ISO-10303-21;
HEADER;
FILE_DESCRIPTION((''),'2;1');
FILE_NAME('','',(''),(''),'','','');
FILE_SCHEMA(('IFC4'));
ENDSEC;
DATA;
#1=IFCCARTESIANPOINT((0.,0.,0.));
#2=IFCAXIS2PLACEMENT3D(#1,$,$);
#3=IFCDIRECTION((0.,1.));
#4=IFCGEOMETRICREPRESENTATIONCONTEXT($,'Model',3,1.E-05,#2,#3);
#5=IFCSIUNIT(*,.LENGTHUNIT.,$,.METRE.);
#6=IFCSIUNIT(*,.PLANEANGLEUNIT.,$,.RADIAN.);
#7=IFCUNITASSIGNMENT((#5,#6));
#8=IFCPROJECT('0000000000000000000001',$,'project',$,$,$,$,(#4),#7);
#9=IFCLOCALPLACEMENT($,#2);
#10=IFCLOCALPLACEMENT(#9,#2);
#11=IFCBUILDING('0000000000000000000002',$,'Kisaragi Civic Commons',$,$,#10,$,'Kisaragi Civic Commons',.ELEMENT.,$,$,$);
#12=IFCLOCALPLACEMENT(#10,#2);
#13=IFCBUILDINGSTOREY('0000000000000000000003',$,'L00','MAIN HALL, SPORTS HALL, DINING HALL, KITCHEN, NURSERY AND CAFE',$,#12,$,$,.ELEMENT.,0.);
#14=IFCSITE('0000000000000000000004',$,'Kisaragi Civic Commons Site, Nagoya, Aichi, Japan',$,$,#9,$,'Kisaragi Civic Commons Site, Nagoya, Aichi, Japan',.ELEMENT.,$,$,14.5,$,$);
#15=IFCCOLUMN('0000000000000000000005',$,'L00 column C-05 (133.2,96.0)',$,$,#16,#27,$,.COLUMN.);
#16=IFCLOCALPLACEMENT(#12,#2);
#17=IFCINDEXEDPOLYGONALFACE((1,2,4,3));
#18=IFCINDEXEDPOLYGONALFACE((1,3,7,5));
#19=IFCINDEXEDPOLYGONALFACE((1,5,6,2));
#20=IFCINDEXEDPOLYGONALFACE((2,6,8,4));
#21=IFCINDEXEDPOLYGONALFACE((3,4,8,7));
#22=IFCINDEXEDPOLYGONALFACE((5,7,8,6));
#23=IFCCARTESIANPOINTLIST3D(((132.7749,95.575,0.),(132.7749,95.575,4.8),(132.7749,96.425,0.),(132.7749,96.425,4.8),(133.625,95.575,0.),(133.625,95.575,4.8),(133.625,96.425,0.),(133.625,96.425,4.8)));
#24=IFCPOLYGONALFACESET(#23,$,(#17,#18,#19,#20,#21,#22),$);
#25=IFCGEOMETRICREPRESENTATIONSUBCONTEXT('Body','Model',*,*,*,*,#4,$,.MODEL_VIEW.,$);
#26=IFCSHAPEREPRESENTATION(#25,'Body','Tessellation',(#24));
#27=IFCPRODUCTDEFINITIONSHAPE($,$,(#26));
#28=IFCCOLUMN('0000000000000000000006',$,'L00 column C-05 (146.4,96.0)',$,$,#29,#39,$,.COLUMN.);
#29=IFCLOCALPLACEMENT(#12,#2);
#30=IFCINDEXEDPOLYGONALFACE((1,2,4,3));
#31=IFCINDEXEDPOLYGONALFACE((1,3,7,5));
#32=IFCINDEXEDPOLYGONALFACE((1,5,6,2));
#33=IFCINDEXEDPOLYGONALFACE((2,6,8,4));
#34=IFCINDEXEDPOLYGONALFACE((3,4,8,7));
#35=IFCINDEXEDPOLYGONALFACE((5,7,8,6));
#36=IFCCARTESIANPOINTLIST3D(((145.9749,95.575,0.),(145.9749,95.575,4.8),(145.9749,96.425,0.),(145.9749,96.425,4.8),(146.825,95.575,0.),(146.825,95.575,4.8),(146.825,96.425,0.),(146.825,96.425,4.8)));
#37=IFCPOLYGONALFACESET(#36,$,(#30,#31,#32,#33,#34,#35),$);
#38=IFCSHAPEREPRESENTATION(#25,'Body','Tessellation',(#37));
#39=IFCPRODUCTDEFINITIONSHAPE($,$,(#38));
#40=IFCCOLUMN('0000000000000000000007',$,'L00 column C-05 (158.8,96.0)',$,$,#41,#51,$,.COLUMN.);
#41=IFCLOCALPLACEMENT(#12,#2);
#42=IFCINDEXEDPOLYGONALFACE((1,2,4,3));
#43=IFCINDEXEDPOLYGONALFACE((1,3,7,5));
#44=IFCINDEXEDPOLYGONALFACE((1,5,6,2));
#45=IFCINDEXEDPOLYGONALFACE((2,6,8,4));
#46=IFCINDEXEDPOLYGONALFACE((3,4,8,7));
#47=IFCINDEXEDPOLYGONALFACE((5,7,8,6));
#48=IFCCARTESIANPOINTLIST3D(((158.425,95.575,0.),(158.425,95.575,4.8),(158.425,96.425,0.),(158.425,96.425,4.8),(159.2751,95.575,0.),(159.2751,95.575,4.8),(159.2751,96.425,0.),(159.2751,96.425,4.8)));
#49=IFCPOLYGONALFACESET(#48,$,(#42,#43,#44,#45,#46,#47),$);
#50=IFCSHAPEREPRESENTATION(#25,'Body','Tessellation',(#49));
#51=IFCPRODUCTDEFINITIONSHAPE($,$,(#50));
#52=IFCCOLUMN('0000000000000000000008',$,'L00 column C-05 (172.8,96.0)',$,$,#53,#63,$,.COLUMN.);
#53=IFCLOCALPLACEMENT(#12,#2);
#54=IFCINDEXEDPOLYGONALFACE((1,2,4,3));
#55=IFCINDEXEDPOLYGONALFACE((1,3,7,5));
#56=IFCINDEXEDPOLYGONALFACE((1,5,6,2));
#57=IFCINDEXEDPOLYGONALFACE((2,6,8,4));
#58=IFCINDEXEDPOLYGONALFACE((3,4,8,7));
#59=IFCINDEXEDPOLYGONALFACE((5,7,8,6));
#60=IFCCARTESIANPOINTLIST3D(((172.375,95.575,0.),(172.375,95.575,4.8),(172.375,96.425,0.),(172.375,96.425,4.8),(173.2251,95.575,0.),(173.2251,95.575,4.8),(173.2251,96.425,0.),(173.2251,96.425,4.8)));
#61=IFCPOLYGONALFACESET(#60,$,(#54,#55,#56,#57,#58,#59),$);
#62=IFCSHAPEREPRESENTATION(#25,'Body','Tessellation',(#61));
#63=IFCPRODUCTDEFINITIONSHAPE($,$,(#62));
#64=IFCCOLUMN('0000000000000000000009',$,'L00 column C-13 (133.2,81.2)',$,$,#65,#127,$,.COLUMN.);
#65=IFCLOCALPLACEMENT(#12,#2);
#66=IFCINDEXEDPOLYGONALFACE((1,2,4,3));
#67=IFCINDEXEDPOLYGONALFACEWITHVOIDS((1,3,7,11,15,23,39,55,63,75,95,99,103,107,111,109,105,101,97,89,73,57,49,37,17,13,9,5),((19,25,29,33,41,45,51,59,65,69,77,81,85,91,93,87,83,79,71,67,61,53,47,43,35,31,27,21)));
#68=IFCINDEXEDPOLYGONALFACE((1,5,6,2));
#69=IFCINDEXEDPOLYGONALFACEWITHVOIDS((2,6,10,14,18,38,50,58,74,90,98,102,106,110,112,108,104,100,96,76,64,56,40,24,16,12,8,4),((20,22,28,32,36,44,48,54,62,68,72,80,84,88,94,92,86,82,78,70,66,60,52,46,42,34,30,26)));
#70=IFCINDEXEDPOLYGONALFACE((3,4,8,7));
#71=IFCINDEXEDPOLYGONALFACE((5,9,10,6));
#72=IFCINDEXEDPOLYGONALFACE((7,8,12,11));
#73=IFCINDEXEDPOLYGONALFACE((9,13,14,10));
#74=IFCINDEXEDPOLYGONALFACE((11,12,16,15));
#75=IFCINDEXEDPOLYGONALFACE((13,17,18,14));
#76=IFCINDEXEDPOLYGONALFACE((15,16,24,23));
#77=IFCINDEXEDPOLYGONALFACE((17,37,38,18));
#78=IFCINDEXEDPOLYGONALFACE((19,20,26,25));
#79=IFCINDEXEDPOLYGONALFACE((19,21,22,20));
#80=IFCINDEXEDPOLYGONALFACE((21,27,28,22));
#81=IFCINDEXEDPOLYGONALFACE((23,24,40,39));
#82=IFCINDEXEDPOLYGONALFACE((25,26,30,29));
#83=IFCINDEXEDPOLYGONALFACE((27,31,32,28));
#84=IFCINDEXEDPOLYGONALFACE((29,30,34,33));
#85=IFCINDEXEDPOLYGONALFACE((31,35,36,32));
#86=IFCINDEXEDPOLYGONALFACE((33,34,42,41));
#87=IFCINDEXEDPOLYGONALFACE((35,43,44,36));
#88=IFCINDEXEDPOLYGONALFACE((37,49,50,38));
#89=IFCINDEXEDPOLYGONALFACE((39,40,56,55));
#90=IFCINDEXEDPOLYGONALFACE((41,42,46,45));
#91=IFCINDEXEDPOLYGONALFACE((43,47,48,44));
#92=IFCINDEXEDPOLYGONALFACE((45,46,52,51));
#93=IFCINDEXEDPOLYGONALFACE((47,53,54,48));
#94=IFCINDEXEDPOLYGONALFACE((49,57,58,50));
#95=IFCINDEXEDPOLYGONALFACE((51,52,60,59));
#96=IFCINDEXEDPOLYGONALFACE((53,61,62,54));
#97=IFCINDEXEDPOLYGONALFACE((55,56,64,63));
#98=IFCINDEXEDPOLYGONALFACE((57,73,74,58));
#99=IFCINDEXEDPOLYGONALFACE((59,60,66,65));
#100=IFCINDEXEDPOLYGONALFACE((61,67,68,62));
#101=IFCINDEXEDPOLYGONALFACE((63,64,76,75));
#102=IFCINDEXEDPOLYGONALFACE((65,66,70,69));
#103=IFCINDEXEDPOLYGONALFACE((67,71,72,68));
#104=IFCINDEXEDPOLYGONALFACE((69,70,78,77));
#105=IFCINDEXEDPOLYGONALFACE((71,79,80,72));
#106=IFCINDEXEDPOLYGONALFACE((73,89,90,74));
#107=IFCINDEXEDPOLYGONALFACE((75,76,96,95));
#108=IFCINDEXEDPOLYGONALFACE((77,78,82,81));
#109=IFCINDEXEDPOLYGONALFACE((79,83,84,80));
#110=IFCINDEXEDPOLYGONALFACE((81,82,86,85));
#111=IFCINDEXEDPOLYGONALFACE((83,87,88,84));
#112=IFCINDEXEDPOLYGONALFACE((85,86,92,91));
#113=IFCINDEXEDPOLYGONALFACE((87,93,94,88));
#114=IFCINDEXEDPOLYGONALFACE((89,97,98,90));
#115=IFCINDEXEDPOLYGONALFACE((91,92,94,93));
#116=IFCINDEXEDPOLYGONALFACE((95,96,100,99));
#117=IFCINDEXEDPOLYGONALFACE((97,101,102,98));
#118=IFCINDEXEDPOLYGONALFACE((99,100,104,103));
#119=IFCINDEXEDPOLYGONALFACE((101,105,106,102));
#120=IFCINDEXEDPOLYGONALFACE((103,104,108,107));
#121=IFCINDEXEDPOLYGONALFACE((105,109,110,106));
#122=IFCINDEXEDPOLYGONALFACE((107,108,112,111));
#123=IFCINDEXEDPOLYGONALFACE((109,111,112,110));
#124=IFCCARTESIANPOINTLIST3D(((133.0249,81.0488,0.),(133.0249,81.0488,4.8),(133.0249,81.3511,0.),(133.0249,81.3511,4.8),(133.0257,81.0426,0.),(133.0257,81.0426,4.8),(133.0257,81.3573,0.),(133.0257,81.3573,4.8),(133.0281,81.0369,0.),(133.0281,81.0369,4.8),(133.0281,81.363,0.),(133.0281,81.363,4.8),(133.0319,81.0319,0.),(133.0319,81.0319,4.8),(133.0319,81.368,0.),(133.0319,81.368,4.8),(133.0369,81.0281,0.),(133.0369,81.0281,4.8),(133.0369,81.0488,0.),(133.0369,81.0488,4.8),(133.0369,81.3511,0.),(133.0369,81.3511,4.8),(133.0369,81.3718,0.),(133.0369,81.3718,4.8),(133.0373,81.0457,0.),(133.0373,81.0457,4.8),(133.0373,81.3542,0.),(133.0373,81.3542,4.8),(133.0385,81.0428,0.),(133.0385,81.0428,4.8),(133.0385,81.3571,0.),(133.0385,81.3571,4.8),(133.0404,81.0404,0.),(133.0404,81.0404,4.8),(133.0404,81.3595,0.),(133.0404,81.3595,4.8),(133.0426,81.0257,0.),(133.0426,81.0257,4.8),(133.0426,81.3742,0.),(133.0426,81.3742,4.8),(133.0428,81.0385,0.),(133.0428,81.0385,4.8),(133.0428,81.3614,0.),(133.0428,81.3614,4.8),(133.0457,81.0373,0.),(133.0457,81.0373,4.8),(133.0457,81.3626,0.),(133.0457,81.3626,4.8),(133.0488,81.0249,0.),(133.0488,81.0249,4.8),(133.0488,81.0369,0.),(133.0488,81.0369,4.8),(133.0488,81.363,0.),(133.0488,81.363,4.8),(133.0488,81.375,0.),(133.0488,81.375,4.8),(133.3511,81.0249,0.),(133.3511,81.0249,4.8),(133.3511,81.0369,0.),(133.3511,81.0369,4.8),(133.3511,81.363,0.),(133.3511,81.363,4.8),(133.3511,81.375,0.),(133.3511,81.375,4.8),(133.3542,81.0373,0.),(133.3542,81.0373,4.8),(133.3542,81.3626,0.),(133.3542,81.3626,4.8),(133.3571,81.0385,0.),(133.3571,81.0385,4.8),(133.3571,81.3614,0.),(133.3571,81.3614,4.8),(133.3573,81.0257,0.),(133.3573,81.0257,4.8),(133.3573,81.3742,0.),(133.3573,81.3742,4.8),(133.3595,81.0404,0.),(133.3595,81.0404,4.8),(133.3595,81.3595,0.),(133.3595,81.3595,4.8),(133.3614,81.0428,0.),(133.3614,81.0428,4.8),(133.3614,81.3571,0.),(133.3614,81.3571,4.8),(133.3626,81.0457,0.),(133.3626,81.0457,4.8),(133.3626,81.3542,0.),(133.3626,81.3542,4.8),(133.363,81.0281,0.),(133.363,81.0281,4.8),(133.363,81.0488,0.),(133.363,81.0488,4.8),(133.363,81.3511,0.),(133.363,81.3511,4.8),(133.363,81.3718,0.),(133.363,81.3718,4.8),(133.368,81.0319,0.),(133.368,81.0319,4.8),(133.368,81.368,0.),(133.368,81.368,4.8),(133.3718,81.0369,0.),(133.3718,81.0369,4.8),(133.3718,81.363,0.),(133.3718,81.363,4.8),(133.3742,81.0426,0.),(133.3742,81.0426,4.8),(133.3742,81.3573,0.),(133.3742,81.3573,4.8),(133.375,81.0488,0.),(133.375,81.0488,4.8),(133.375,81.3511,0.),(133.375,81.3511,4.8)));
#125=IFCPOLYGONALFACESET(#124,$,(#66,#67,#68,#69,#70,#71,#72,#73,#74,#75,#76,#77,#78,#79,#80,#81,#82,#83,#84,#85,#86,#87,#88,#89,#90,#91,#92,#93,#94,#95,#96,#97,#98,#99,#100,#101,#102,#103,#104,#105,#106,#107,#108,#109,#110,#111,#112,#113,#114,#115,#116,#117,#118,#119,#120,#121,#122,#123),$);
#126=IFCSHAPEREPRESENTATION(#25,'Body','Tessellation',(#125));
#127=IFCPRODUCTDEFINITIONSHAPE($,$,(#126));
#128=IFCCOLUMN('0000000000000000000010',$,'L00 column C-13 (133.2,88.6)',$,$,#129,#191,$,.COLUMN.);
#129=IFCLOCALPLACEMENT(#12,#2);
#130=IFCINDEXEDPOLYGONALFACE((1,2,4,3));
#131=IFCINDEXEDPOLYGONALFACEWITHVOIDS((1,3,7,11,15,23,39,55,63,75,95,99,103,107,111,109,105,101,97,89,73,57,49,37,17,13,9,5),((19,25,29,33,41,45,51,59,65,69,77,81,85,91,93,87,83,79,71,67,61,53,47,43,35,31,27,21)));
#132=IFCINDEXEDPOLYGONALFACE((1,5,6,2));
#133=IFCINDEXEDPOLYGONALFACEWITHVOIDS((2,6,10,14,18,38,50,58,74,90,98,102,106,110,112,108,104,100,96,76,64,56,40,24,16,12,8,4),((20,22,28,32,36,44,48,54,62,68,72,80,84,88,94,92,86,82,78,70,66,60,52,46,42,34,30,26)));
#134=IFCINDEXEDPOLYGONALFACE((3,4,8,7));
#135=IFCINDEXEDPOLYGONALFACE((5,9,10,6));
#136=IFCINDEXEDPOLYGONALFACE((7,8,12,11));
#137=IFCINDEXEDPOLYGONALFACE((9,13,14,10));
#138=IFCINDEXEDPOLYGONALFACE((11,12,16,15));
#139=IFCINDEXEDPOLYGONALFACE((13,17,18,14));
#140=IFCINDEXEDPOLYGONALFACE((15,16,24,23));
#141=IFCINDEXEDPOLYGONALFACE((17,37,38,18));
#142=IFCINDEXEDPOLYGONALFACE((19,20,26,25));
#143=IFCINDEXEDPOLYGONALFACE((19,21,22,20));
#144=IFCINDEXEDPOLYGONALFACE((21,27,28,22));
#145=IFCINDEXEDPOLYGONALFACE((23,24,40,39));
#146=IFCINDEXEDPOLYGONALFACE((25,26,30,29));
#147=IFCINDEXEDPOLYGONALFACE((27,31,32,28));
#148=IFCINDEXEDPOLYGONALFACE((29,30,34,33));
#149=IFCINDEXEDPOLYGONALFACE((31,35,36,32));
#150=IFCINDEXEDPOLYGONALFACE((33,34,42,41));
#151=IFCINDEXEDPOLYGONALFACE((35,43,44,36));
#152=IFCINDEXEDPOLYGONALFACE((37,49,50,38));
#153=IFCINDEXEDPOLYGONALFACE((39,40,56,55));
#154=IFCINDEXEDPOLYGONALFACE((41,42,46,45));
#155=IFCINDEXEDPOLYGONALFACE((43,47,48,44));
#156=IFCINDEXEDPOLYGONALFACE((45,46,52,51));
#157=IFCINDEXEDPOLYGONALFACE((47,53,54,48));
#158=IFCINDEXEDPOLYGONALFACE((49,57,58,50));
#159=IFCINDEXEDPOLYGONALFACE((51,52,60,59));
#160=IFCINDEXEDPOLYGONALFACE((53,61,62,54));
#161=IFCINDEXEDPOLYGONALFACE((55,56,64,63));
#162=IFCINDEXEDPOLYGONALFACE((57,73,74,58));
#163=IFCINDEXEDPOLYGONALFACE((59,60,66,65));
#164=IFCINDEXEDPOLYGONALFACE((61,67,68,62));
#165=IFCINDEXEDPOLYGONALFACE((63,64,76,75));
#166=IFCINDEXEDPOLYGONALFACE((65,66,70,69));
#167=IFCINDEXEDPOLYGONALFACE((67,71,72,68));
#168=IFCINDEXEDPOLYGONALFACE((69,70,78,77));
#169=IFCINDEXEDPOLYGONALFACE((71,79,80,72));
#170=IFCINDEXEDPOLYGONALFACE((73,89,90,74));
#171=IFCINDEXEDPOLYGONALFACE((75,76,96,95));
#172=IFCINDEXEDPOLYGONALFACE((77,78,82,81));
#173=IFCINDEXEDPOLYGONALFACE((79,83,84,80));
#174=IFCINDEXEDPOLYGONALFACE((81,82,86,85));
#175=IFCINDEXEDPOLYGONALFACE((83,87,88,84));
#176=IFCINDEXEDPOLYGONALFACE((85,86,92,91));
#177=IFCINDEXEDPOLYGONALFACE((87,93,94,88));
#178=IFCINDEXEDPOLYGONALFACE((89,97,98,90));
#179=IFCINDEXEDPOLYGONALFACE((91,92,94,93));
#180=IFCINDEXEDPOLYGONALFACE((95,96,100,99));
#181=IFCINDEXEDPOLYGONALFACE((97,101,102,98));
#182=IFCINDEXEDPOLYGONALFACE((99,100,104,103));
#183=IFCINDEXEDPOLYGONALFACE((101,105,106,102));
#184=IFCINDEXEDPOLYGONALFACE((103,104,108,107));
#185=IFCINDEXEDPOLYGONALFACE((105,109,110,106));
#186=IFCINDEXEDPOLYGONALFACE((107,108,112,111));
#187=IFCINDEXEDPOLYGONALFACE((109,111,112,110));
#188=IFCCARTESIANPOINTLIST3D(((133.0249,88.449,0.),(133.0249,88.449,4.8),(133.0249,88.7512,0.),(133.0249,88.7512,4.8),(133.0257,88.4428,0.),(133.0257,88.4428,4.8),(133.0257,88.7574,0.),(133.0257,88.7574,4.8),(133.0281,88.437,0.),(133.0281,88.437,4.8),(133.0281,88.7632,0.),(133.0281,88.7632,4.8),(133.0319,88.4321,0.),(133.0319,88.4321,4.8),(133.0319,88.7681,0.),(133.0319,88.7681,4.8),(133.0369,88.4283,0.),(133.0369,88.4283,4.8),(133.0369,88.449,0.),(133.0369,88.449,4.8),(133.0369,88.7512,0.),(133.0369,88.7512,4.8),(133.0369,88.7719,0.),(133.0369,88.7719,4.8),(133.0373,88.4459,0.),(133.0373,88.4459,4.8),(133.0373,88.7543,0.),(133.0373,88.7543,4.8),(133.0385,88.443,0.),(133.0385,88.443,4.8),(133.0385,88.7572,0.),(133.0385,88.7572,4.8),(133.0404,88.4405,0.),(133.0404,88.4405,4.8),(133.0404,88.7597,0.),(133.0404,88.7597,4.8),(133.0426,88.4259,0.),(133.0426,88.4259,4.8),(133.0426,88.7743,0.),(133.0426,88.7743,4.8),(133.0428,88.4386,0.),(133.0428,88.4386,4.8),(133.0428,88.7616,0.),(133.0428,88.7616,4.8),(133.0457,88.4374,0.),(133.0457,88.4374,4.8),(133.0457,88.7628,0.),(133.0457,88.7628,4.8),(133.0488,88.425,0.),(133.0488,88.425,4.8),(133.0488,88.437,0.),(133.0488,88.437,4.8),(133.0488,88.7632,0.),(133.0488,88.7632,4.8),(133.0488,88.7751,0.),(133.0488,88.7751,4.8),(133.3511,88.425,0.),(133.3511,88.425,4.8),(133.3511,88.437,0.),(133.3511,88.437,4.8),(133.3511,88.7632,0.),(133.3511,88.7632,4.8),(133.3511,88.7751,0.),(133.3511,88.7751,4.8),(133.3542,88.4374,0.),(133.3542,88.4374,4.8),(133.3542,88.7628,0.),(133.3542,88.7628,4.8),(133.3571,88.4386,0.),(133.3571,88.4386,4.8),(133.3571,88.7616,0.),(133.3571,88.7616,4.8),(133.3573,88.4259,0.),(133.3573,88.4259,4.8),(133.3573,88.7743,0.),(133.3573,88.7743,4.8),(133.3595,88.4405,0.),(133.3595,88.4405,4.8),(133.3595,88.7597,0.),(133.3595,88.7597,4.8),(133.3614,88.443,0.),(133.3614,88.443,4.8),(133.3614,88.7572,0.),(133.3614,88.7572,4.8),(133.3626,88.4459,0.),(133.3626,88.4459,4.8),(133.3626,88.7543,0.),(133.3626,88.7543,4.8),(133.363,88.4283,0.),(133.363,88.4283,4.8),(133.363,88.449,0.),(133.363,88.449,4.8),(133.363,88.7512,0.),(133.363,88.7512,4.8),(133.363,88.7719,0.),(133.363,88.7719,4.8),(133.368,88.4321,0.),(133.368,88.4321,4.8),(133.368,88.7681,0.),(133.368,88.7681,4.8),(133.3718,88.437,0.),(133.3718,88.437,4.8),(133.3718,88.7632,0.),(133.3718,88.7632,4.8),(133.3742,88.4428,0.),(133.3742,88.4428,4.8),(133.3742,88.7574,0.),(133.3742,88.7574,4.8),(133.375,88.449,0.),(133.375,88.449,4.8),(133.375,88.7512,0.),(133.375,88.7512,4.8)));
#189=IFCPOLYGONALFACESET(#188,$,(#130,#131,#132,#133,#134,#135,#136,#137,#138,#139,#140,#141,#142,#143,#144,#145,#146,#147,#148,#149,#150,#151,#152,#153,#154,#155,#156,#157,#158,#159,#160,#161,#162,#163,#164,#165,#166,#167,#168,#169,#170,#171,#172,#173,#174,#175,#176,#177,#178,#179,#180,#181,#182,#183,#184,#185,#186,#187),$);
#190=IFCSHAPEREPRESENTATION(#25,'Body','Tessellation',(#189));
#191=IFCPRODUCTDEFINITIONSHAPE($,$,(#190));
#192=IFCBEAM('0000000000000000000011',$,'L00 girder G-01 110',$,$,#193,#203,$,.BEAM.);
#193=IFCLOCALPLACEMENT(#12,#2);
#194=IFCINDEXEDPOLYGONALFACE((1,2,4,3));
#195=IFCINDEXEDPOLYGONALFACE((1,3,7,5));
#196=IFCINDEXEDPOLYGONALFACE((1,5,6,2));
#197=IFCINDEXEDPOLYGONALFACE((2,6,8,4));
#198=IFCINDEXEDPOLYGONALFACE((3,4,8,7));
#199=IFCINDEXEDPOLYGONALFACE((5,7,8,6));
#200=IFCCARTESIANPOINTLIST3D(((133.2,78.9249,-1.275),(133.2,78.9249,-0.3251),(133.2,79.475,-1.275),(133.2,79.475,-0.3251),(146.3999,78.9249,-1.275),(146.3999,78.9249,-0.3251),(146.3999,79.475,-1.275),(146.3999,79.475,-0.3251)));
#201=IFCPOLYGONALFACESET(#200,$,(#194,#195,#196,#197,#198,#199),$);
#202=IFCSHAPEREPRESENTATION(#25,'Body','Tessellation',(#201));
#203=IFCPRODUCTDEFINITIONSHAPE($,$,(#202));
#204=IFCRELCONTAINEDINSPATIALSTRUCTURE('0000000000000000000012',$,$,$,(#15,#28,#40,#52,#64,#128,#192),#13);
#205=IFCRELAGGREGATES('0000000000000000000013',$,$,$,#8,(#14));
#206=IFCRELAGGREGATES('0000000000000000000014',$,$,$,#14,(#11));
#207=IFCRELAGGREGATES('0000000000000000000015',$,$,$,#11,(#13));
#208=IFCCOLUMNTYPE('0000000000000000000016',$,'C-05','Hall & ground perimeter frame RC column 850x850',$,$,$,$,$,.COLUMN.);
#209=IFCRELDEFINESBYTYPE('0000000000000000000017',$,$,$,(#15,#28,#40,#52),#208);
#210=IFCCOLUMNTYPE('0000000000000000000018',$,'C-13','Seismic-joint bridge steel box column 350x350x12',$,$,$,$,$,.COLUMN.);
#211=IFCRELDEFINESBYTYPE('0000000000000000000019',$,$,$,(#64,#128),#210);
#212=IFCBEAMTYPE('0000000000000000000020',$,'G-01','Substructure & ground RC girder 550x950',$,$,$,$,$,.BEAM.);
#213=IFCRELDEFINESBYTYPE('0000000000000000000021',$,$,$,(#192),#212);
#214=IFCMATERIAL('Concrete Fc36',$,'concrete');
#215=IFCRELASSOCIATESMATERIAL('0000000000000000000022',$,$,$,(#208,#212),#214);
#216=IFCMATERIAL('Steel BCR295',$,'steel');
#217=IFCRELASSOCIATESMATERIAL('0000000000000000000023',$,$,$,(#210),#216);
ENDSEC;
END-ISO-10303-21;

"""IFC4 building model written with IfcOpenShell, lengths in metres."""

from ifc_helpers import new_model, si_unit, direction, frame, origin, origin_2d, place, context, subcontext, project, spatial, rectangle, hollow_rectangle, extrude, material, material_profile, profile_set, type_object, element, save


model = new_model("IFC4")

# Units and contexts
model_context = context("Model", 3, precision=1e-05, world=origin(), true_north=direction((0.0, 1.0)))
body_context = subcontext(model_context, "Body", "Model", "MODEL_VIEW")
ifc_project = project(units=[si_unit("LENGTHUNIT", "METRE"), si_unit("PLANEANGLEUNIT", "RADIAN")], contexts=[model_context])

# Site, building, storey
site_placement = place(None, origin())
site = spatial("IfcSite", under=ifc_project, at=site_placement, Name="Kisaragi Civic Commons Site, Nagoya, Aichi, Japan", LongName="Kisaragi Civic Commons Site, Nagoya, Aichi, Japan", CompositionType="ELEMENT", RefElevation=14.5)
building_placement = place(site_placement, origin())
building = spatial("IfcBuilding", under=site, at=building_placement, Name="Kisaragi Civic Commons", LongName="Kisaragi Civic Commons", CompositionType="ELEMENT")
storey_placement = place(building_placement, origin())
storey = spatial("IfcBuildingStorey", under=building, at=storey_placement, Name="L00", Description="MAIN HALL, SPORTS HALL, DINING HALL, KITCHEN, NURSERY AND CAFE", CompositionType="ELEMENT", Elevation=0.0)

# Columns
ifc_material_1 = material(Name="Concrete Fc36", Category="concrete")
ifc_material_profile_1 = material_profile(ifc_material_1, rectangle(XDim=0.8501, YDim=0.8501, at=origin_2d()), Name="RC-850x850", Category="concrete")
ifc_profile_set_1 = profile_set([ifc_material_profile_1], Name="Concrete Fc36")
column_type_1 = type_object("IfcColumnType", Name="C-05", Description="Hall & ground perimeter frame RC column 850x850", PredefinedType="COLUMN", material=ifc_profile_set_1)
for number, where, z_axis, x_axis, name in (
    (1, (133.2, 96.0, 0.0), (0.0, 0.0, 1.0), (1.0, 0.0, 0.0), "L00 column C-05 (133.2,96.0)"),
    (2, (146.3999, 96.0, 0.0), (0.0, 0.0, 1.0), (1.0, 0.0, 0.0), "L00 column C-05 (146.4,96.0)"),
    (3, (158.8501, 96.0, 0.0), (0.0, 0.0, 1.0), (1.0, 0.0, 0.0), "L00 column C-05 (158.8,96.0)"),
    (4, (172.8, 96.0, 0.0), (0.0, 0.0, 1.0), (1.0, 0.0, 0.0), "L00 column C-05 (172.8,96.0)"),
):
    element("IfcColumn", number, at=place(storey_placement, frame(where, z_axis=z_axis, x_axis=x_axis)), inside=storey, type_object=column_type_1, Name=name, PredefinedType="COLUMN", context=body_context, shape_type="SweptSolid", body=[
        extrude(rectangle(XDim=0.8501, YDim=0.8501, at=origin_2d()), origin(), (0.0, 0.0, 1.0), 4.8),
    ])
ifc_material_2 = material(Name="Steel BCR295", Category="steel")
ifc_material_profile_2 = material_profile(ifc_material_2, hollow_rectangle(XDim=0.3501, YDim=0.3501, WallThickness=0.012, InnerFilletRadius=0.012, OuterFilletRadius=0.0239, at=origin_2d()), Name="BCR-350x350x12", Category="steel")
ifc_profile_set_2 = profile_set([ifc_material_profile_2], Name="Steel BCR295")
column_type_2 = type_object("IfcColumnType", Name="C-13", Description="Seismic-joint bridge steel box column 350x350x12", PredefinedType="COLUMN", material=ifc_profile_set_2)
for number, where, z_axis, x_axis, name in (
    (5, (133.2, 81.2, 0.0), (0.0, 0.0, 1.0), (1.0, 0.0, 0.0), "L00 column C-13 (133.2,81.2)"),
    (6, (133.2, 88.6001, 0.0), (0.0, 0.0, 1.0), (1.0, 0.0, 0.0), "L00 column C-13 (133.2,88.6)"),
):
    element("IfcColumn", number, at=place(storey_placement, frame(where, z_axis=z_axis, x_axis=x_axis)), inside=storey, type_object=column_type_2, Name=name, PredefinedType="COLUMN", context=body_context, shape_type="SweptSolid", body=[
        extrude(hollow_rectangle(XDim=0.3501, YDim=0.3501, WallThickness=0.012, InnerFilletRadius=0.012, OuterFilletRadius=0.0239, at=origin_2d()), origin(), (0.0, 0.0, 1.0), 4.8),
    ])

# Beam
ifc_material_profile_3 = material_profile(ifc_material_1, rectangle(XDim=0.55, YDim=0.95, at=origin_2d()), Name="RC-550x950", Category="concrete")
ifc_profile_set_3 = profile_set([ifc_material_profile_3], Name="Concrete Fc36")
beam_type_1 = type_object("IfcBeamType", Name="G-01", Description="Substructure & ground RC girder 550x950", PredefinedType="BEAM", material=ifc_profile_set_3)
beam_1_placement = place(storey_placement, frame((133.2, 79.2, -0.8), z_axis=(1.0, 0.0, 0.0), x_axis=(0.0, 1.0, 0.0)))
element("IfcBeam", 7, at=beam_1_placement, inside=storey, type_object=beam_type_1, Name="L00 girder G-01 110", PredefinedType="BEAM", context=body_context, shape_type="SweptSolid", body=[
    extrude(rectangle(XDim=0.55, YDim=0.95, at=origin_2d()), origin(), (0.0, 0.0, 1.0), 13.2),
])

save(model, "model.ifc")
